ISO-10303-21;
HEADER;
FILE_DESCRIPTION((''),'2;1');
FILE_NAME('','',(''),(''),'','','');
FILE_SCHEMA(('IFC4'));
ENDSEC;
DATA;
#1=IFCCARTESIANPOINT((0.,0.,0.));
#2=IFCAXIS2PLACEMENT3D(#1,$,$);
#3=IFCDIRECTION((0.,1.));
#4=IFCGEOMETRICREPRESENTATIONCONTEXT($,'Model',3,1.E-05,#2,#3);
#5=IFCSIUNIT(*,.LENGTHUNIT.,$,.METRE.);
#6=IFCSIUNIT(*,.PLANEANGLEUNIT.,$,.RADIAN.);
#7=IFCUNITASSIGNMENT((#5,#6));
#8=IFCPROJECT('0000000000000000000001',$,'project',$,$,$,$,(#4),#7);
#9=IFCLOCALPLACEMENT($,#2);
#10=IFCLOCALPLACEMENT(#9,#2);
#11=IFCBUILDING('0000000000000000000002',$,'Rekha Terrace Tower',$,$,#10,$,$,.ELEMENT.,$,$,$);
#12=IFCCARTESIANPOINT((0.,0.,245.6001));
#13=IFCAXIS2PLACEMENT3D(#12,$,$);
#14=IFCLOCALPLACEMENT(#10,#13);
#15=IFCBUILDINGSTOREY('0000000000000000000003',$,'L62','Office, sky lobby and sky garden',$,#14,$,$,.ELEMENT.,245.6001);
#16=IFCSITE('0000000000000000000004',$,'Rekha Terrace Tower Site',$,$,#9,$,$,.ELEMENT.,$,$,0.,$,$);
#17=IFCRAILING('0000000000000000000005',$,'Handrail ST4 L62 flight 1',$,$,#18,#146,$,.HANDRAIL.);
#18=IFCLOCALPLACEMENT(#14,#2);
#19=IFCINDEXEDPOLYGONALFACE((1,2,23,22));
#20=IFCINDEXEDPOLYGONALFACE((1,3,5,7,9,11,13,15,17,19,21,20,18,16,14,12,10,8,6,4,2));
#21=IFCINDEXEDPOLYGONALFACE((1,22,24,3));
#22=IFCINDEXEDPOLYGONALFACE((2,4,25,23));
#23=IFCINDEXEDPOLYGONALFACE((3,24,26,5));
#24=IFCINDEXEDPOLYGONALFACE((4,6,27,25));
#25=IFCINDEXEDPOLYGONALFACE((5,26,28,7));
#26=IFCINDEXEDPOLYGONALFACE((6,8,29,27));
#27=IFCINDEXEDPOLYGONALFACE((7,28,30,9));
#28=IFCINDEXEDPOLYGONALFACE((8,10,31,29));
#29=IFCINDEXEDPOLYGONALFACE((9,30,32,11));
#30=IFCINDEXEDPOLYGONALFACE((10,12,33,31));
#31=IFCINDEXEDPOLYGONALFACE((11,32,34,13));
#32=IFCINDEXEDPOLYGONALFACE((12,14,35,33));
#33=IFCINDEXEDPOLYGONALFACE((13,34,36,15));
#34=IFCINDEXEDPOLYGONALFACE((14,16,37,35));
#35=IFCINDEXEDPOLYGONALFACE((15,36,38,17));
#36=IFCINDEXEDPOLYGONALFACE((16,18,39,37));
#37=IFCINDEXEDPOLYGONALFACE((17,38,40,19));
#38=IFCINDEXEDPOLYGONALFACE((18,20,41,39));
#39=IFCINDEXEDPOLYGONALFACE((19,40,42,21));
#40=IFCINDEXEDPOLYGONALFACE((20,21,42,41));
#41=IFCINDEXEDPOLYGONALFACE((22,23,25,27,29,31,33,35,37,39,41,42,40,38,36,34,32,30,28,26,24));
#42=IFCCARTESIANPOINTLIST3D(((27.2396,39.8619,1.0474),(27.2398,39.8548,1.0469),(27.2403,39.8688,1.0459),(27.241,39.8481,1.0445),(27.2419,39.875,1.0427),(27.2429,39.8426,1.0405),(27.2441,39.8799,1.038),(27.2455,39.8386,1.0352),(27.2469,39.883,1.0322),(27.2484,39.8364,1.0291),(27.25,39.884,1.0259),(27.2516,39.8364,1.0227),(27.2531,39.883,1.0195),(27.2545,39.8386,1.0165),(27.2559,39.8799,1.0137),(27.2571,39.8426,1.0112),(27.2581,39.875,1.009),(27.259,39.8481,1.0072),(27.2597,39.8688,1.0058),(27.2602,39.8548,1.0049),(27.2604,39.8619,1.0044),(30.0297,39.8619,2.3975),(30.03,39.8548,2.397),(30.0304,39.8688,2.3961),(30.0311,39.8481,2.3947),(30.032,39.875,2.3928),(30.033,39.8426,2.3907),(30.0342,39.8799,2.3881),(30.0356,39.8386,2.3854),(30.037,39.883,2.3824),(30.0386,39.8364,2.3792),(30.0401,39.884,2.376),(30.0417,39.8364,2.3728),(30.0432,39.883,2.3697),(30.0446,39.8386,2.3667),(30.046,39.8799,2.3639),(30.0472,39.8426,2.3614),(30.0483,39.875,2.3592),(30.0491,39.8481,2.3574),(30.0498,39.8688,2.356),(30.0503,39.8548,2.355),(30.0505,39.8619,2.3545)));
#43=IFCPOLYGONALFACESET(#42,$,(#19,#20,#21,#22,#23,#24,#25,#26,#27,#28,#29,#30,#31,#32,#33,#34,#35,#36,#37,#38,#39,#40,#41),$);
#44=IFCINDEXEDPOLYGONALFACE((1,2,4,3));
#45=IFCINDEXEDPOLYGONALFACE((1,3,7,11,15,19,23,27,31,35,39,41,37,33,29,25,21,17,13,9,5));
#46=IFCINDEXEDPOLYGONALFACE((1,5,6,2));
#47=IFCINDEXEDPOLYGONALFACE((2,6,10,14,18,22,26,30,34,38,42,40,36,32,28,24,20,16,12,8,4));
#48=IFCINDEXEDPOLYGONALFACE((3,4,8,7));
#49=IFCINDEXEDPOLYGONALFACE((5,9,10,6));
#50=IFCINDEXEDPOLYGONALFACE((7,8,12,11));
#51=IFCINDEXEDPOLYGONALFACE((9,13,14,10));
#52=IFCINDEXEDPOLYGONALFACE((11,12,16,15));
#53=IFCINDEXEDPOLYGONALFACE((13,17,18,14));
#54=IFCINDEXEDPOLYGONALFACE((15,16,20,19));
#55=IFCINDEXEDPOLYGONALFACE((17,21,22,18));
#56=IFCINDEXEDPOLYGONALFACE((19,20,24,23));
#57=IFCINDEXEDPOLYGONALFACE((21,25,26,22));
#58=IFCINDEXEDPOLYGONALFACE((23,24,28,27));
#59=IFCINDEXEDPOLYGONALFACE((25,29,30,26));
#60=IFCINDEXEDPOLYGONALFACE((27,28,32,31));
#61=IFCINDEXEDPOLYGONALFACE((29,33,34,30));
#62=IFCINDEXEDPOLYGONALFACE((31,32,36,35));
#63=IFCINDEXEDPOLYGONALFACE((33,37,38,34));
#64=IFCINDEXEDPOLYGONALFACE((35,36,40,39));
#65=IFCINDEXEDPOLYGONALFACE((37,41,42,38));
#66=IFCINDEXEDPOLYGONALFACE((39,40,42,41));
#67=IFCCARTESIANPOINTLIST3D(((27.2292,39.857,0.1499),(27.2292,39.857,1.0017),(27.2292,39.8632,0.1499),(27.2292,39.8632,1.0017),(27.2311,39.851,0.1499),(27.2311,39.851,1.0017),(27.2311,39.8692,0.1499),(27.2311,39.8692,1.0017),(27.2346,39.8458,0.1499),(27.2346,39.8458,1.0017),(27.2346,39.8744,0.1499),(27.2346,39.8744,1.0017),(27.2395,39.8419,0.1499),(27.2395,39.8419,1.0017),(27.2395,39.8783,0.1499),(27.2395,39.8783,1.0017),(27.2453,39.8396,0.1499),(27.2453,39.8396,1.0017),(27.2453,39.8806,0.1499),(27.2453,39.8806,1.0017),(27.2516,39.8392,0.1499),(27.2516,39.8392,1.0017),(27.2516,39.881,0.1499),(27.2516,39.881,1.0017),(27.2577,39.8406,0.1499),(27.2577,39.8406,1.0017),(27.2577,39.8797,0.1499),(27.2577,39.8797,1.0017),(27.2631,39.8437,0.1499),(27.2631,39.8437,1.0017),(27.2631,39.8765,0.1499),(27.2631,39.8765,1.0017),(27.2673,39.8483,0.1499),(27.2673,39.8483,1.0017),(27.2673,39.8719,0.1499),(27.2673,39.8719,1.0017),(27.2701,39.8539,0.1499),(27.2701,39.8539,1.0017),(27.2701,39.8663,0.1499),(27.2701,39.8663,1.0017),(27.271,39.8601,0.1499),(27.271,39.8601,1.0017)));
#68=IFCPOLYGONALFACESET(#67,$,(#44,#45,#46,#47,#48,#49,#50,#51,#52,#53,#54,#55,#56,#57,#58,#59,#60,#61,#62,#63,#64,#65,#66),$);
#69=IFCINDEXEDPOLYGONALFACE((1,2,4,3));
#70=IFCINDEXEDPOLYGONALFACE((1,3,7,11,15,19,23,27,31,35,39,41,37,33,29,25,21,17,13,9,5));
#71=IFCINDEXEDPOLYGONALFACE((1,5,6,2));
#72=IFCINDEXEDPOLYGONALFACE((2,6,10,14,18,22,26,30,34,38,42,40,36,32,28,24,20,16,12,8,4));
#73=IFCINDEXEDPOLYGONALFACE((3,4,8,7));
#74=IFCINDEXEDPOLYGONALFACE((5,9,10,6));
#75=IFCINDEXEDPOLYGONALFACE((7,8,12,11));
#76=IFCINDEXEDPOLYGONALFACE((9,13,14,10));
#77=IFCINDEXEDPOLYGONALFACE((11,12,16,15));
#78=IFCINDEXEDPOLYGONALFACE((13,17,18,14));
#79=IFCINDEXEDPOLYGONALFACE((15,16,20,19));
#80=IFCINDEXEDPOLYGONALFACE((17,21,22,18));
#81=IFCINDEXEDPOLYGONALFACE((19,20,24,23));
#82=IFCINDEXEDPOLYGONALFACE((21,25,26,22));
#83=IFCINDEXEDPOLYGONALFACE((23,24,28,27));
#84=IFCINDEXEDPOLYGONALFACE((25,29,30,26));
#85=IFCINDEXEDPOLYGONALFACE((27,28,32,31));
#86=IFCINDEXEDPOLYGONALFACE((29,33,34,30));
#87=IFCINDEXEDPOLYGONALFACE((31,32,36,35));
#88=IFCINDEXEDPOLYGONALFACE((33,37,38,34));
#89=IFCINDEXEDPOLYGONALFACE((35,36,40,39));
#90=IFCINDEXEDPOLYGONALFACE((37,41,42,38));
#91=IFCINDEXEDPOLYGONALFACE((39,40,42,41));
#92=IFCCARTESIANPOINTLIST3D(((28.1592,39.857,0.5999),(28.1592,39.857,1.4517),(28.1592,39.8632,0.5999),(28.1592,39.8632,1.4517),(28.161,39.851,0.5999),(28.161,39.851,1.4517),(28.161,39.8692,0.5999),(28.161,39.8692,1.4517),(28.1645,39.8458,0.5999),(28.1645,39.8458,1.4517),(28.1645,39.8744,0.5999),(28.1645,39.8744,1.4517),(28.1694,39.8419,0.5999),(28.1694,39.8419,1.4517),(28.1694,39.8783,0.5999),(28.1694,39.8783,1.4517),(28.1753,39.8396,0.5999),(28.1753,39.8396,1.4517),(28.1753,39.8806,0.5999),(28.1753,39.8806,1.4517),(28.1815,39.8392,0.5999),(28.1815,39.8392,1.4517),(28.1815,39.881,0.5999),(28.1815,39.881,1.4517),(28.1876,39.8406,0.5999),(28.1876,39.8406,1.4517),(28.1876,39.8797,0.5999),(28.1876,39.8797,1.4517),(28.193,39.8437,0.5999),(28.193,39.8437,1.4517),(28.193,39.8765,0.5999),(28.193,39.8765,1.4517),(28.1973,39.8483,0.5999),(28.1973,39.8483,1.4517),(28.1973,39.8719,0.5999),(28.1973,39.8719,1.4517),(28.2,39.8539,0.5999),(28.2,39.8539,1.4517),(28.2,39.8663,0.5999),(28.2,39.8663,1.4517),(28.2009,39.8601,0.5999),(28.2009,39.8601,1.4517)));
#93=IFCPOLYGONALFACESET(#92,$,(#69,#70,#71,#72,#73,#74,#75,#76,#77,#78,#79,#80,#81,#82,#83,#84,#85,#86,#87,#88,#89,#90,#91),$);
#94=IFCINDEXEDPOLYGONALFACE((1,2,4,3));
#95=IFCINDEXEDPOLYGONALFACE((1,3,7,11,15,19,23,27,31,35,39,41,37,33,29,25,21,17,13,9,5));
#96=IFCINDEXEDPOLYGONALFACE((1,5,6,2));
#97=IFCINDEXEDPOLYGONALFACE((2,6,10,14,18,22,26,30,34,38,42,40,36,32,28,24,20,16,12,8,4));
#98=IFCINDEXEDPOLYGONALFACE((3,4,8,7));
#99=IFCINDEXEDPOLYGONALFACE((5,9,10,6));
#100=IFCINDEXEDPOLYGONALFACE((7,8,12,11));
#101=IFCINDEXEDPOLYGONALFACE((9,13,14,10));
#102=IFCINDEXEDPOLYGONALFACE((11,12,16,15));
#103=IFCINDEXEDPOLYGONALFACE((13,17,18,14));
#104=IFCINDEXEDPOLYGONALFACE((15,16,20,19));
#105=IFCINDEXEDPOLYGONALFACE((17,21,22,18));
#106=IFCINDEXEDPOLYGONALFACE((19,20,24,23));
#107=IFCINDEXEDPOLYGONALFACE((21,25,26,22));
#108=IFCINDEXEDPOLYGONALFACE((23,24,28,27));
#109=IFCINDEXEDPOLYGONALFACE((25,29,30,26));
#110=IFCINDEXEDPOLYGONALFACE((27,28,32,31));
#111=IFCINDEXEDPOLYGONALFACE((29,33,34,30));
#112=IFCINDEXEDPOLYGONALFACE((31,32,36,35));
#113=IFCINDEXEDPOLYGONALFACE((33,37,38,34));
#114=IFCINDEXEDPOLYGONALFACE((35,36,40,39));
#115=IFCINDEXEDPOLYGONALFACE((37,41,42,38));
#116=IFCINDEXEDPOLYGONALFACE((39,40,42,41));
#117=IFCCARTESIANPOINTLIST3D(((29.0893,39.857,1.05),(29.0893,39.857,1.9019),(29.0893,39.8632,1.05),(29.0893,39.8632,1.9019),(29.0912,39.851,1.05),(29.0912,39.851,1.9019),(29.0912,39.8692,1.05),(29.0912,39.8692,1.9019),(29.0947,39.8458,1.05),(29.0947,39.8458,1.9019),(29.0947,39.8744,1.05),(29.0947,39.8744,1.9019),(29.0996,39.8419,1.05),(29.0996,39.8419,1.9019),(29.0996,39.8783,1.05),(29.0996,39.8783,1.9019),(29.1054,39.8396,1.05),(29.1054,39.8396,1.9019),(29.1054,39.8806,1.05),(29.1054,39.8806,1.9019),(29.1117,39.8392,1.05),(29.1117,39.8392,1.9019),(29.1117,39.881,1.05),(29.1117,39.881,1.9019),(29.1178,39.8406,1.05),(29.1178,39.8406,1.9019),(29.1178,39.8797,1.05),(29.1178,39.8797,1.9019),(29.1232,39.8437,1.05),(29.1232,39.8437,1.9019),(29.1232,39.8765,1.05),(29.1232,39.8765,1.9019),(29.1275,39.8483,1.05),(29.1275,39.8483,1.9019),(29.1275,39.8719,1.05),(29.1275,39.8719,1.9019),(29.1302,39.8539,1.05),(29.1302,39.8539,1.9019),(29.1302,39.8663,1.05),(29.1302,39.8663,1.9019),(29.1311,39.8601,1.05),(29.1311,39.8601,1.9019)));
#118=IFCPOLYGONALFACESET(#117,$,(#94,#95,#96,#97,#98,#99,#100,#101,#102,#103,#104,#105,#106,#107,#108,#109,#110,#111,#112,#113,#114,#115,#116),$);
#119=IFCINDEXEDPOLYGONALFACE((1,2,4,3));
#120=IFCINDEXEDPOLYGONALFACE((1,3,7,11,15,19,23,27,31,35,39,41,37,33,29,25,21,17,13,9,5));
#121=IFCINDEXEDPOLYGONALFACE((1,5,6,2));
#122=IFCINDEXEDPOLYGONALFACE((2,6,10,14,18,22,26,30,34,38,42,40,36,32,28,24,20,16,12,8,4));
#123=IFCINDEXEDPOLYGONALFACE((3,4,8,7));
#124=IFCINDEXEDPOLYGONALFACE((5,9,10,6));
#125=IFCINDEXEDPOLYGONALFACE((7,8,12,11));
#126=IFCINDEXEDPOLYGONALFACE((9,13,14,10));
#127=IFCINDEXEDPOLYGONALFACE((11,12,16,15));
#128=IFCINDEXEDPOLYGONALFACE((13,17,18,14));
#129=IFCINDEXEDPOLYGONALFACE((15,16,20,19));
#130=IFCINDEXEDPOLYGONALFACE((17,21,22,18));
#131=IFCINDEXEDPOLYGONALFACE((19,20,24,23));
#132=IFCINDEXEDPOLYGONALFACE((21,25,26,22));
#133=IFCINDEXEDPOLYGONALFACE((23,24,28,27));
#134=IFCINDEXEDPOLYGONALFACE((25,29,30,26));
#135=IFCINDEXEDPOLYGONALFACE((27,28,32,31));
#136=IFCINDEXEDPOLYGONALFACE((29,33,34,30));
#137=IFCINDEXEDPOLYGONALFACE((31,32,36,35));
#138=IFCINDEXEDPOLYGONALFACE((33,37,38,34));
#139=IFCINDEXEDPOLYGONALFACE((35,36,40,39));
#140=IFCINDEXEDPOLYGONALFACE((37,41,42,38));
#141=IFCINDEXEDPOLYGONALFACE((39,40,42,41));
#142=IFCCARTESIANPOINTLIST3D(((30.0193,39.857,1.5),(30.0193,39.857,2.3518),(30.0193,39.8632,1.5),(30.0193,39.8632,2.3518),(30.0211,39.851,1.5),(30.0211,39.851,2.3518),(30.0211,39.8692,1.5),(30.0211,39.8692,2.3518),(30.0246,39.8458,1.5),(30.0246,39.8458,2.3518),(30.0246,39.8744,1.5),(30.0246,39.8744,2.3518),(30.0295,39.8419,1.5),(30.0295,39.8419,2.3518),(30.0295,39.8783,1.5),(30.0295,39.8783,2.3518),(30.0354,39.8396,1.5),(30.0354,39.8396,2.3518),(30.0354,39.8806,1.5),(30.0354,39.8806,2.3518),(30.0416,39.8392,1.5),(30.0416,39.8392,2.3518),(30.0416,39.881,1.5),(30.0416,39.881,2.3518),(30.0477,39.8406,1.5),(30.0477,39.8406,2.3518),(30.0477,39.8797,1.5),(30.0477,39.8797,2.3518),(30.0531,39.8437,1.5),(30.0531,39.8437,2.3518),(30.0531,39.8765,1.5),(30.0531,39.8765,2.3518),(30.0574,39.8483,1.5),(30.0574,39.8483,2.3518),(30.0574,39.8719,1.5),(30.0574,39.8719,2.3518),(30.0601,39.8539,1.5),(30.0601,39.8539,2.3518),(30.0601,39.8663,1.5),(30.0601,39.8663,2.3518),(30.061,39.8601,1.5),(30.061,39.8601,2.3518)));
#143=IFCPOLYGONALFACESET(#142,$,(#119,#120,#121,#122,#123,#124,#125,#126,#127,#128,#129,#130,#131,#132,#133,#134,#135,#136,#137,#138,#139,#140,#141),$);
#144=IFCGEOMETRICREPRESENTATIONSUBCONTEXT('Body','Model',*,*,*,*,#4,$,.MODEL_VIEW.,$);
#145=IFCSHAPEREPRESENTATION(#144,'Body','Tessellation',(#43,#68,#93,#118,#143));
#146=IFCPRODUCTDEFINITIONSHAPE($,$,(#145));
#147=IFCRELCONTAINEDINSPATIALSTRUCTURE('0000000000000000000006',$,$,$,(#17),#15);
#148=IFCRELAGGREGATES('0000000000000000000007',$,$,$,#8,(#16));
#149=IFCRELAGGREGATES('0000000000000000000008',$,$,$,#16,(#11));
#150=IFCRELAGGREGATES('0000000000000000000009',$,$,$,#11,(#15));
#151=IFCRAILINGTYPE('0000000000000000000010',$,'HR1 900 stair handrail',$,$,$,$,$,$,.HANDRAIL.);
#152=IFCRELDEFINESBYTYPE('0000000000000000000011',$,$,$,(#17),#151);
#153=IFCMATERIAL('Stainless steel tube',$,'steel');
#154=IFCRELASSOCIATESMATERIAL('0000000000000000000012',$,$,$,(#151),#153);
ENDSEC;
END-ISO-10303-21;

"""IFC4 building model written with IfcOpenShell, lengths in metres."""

from ifc_helpers import new_model, si_unit, direction, frame, origin, origin_2d, place, context, subcontext, project, spatial, circle, extrude, material, type_object, element, save


model = new_model("IFC4")

# Units and contexts
model_context = context("Model", 3, precision=1e-05, world=origin(), true_north=direction((0.0, 1.0)))
body_context = subcontext(model_context, "Body", "Model", "MODEL_VIEW")
ifc_project = project(units=[si_unit("LENGTHUNIT", "METRE"), si_unit("PLANEANGLEUNIT", "RADIAN")], contexts=[model_context])

# Site, building, storey
site_placement = place(None, origin())
site = spatial("IfcSite", under=ifc_project, at=site_placement, Name="Rekha Terrace Tower Site", CompositionType="ELEMENT", RefElevation=0.0)
building_placement = place(site_placement, origin())
building = spatial("IfcBuilding", under=site, at=building_placement, Name="Rekha Terrace Tower", CompositionType="ELEMENT")
storey_placement = place(building_placement, frame((0.0, 0.0, 245.6001)))
storey = spatial("IfcBuildingStorey", under=building, at=storey_placement, Name="L62", Description="Office, sky lobby and sky garden", CompositionType="ELEMENT", Elevation=245.6001)

# Railing
ifc_material_1 = material(Name="Stainless steel tube", Category="steel")
railing_type_1 = type_object("IfcRailingType", Name="HR1 900 stair handrail", PredefinedType="HANDRAIL", material=ifc_material_1)
railing_1_placement = place(storey_placement, frame((27.25, 39.8601, 0.1499)))
element("IfcRailing", 1, at=railing_1_placement, inside=storey, type_object=railing_type_1, Name="Handrail ST4 L62 flight 1", PredefinedType="HANDRAIL", context=body_context, shape_type="SweptSolid", body=[
    extrude(circle(Radius=0.0239, at=origin_2d()), frame((0.0, 0.0, 0.876), z_axis=(0.900149, 0.0, 0.435582), x_axis=(0.0, 1.0, 0.0)), (0.0, 0.0, 1.0), 3.0996),
    extrude(circle(Radius=0.021, at=origin_2d()), origin(), (0.0, 0.0, 1.0), 0.8518),
    extrude(circle(Radius=0.021, at=origin_2d()), frame((0.9299, 0.0, 0.45)), (0.0, 0.0, 1.0), 0.8518),
    extrude(circle(Radius=0.021, at=origin_2d()), frame((1.8601, 0.0, 0.9001)), (0.0, 0.0, 1.0), 0.8518),
    extrude(circle(Radius=0.021, at=origin_2d()), frame((2.79, 0.0, 1.3501)), (0.0, 0.0, 1.0), 0.8518),
])

save(model, "model.ifc")
